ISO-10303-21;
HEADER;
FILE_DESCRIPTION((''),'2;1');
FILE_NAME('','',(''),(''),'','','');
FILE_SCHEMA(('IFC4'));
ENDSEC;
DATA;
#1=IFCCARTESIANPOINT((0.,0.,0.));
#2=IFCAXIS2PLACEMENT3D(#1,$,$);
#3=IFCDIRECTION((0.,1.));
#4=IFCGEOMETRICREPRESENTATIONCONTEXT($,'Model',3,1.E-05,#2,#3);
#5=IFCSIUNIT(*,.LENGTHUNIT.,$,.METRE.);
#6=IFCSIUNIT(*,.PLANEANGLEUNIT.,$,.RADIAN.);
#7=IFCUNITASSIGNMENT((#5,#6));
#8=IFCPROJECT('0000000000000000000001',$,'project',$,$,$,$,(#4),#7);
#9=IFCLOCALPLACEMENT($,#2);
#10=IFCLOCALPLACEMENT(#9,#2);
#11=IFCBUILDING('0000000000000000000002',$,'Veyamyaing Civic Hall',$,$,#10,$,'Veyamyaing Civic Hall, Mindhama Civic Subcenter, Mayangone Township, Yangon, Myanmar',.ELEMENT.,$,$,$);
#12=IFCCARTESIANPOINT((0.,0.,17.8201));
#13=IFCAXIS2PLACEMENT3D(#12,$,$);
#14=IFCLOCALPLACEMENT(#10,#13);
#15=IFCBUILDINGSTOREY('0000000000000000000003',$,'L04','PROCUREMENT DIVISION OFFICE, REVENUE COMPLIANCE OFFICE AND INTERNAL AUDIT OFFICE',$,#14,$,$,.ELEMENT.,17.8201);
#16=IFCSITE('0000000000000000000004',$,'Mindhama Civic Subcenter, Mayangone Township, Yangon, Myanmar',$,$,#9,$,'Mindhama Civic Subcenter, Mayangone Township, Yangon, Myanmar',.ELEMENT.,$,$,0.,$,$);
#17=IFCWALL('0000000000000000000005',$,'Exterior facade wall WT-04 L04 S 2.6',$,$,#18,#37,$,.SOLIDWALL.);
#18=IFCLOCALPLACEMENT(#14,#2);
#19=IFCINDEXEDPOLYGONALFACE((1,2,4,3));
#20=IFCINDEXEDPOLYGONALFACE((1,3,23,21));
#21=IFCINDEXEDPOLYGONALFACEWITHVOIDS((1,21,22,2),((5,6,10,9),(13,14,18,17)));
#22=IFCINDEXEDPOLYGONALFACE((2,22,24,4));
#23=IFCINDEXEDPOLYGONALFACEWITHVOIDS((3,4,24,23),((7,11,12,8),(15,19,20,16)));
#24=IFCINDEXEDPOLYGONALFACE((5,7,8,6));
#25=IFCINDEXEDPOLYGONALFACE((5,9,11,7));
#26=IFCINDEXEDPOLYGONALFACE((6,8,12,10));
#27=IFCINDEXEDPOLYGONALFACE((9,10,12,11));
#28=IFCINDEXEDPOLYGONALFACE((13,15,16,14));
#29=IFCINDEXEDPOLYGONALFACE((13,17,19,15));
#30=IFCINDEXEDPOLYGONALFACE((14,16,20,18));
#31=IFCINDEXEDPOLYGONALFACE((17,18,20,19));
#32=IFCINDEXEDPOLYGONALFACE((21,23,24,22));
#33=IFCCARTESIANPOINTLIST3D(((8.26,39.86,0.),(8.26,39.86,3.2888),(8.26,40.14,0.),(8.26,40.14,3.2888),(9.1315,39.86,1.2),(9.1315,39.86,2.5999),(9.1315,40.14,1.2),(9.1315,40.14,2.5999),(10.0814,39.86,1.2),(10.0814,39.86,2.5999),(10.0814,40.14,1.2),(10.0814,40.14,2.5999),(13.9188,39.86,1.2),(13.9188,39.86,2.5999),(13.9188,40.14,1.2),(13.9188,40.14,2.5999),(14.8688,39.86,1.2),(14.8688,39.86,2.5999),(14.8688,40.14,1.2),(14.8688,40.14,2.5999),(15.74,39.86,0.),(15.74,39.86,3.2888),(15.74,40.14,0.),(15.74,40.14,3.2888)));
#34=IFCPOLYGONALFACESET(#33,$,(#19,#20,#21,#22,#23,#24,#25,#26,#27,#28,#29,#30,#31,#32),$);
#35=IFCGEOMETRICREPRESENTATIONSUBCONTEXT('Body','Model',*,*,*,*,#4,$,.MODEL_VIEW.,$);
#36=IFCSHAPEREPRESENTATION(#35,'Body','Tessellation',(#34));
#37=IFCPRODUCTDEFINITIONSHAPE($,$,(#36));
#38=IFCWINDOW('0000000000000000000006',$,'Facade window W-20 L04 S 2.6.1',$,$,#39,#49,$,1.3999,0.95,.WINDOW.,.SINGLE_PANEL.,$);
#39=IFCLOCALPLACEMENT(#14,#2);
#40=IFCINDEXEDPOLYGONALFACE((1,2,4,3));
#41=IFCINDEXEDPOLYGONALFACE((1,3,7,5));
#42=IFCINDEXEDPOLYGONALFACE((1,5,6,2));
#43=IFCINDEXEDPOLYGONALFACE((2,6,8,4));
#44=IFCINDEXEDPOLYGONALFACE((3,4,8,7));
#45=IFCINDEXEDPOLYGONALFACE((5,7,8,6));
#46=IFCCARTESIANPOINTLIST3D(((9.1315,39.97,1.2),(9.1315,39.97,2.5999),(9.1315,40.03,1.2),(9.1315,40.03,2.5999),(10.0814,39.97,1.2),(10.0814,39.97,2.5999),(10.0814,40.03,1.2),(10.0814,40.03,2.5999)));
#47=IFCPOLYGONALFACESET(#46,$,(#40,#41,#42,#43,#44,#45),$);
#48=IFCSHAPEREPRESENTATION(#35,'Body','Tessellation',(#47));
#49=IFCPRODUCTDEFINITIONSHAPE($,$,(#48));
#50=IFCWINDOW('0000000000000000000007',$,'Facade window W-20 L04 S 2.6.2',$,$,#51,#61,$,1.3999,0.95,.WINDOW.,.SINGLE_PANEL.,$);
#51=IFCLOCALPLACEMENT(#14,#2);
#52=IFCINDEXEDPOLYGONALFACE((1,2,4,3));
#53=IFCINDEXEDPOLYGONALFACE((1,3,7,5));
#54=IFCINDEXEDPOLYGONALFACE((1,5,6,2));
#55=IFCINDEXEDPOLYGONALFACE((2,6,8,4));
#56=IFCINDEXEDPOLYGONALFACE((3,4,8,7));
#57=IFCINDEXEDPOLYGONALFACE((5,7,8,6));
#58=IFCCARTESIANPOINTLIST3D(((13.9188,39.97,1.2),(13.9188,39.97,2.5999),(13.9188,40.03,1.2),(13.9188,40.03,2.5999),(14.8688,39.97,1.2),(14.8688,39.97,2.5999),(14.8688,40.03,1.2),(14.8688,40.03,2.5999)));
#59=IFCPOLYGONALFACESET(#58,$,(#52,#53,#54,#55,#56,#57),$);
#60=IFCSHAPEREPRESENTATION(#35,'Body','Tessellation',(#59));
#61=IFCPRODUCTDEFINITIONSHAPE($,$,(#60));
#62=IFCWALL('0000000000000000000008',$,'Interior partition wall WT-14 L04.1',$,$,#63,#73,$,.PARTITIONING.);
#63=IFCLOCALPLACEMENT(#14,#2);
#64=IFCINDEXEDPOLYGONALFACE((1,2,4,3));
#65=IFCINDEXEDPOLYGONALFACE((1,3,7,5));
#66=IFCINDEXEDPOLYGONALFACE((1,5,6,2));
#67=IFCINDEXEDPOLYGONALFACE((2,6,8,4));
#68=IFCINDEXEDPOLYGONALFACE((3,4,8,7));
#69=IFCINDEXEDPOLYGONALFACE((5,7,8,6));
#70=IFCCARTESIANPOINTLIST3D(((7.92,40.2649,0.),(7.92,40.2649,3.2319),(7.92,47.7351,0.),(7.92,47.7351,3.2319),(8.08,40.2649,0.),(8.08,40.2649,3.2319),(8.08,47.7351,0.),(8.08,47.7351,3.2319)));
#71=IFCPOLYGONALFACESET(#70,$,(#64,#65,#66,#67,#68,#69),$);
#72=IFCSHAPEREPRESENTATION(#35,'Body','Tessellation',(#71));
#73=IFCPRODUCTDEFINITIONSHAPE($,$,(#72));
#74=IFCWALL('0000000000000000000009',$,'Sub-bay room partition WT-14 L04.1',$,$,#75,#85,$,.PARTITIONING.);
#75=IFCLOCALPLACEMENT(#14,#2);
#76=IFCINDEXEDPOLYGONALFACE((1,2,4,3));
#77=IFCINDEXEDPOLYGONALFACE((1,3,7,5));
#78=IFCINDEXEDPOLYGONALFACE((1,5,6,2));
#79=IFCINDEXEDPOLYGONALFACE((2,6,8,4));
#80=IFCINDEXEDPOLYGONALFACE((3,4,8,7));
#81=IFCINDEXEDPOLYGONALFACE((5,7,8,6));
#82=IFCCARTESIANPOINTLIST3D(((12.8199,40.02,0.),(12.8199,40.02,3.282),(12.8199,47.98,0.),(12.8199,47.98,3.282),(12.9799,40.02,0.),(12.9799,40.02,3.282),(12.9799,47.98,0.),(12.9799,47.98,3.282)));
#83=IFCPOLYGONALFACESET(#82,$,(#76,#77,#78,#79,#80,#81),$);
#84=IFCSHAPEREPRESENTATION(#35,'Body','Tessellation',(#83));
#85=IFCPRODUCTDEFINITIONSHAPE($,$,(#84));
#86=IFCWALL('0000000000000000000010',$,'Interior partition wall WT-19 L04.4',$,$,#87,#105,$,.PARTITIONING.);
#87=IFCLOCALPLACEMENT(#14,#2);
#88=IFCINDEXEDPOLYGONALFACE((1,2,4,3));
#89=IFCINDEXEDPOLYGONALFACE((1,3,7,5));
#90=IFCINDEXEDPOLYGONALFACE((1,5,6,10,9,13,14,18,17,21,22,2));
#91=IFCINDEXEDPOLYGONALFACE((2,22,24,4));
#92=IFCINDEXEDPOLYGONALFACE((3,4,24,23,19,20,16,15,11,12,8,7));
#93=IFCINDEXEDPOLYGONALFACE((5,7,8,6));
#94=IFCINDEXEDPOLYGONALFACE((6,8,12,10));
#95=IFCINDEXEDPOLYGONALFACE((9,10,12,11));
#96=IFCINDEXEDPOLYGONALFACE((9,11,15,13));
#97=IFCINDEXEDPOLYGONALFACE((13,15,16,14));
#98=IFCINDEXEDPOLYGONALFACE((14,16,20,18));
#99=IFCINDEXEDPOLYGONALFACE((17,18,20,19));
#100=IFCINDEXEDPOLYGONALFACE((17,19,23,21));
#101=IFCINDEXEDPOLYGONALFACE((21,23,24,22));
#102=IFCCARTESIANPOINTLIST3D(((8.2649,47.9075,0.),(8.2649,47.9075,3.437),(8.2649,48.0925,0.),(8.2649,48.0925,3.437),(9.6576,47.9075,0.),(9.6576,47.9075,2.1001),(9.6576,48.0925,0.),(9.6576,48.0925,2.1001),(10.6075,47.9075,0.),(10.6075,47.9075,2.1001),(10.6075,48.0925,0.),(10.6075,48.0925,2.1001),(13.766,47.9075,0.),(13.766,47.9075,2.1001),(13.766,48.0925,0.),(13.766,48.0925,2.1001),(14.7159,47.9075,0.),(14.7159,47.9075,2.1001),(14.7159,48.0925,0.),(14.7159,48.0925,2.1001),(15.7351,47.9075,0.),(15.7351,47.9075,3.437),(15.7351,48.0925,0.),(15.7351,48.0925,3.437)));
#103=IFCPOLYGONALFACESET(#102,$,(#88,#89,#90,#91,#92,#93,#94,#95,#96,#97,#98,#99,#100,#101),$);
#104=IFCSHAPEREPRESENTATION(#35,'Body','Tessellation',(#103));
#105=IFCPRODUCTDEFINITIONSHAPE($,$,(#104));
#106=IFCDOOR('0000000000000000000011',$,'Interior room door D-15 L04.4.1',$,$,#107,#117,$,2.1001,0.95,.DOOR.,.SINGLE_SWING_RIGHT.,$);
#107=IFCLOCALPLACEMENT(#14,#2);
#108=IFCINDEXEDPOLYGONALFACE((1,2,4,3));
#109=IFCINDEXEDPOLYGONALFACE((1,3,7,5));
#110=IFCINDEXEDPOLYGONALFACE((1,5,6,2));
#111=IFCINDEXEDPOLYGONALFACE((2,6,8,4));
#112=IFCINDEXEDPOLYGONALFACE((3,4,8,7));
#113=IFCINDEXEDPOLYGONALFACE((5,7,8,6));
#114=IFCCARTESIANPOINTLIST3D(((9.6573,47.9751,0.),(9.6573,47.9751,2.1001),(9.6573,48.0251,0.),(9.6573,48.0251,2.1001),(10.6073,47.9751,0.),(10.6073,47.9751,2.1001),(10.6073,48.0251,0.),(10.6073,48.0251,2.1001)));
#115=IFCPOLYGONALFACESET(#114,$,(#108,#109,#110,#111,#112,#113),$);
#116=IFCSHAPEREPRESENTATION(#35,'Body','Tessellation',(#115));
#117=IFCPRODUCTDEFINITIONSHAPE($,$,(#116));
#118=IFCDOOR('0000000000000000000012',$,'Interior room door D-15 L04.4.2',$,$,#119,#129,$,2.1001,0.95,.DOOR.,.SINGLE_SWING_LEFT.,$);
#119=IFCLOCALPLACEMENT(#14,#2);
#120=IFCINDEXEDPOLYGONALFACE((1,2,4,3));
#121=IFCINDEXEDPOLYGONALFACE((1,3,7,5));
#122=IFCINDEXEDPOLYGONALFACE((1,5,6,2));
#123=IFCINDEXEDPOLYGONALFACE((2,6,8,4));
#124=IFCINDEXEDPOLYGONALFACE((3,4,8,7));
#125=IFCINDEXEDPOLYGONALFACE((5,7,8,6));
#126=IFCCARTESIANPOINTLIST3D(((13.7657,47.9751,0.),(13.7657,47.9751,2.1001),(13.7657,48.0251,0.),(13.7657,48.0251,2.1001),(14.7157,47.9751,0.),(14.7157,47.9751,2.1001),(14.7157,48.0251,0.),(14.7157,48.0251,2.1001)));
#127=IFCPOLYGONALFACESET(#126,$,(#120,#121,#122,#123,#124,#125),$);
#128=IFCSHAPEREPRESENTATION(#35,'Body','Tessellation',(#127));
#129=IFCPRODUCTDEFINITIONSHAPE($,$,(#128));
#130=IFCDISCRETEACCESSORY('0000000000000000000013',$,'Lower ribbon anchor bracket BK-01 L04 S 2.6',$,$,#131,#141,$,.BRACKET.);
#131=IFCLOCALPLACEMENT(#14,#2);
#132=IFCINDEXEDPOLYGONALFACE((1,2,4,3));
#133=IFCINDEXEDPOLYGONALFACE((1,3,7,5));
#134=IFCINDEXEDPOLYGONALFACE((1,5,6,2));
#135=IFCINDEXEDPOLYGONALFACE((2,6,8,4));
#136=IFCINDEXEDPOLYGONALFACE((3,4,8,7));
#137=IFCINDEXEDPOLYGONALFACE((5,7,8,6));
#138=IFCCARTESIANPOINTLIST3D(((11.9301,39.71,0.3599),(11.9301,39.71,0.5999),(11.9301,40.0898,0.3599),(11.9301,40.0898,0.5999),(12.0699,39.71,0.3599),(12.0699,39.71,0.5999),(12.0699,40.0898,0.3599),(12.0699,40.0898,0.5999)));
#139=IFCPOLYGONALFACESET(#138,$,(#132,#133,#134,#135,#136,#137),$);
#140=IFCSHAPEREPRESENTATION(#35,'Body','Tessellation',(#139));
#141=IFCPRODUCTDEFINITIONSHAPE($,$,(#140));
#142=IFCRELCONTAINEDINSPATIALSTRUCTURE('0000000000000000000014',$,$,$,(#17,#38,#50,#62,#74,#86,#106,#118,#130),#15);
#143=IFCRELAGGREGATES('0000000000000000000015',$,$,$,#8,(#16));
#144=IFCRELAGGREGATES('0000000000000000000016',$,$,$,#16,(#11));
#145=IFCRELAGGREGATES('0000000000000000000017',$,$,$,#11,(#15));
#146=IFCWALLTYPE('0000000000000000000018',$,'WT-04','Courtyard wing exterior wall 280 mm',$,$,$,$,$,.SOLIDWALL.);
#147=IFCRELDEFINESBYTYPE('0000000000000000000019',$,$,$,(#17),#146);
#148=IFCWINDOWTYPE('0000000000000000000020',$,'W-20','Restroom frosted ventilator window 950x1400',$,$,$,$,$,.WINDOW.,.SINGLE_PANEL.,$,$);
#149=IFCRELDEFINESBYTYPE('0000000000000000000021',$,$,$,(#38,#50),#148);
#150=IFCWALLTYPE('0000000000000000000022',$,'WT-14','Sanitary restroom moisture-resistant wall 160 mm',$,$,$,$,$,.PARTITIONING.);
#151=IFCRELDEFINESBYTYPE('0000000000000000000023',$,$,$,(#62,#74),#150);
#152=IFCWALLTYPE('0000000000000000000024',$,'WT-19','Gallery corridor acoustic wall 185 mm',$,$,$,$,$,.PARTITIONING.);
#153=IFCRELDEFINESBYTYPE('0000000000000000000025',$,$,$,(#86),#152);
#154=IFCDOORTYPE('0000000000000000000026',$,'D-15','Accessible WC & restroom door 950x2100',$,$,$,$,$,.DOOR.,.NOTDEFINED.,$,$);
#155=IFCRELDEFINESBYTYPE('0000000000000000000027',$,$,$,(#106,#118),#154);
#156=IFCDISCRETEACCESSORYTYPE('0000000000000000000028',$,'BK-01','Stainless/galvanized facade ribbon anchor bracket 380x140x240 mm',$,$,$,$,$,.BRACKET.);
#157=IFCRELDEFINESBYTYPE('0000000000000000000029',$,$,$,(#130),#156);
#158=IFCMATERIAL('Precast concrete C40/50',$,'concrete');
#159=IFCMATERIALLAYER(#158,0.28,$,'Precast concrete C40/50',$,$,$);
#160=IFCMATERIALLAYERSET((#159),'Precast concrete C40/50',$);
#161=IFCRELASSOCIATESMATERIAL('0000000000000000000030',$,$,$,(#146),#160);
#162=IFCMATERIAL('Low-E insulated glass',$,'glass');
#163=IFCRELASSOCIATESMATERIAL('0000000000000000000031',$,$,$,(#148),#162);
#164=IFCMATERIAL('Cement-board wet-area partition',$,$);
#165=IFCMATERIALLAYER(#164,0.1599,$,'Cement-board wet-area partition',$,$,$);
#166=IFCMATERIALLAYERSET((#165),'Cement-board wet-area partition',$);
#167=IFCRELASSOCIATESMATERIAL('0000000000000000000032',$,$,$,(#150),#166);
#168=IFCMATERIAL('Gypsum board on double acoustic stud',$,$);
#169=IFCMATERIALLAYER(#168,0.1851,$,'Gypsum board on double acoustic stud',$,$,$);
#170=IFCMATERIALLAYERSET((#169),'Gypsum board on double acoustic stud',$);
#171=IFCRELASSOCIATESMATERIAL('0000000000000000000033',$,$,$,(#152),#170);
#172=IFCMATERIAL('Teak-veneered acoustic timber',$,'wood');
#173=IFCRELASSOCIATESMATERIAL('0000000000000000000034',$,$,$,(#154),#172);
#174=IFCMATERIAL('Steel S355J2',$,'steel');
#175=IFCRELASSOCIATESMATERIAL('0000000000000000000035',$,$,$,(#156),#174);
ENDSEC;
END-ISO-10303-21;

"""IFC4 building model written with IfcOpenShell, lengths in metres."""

from ifc_helpers import new_model, si_unit, direction, frame, frame_2d, origin, origin_2d, place, context, subcontext, project, spatial, rectangle, extrude, material, layer, layer_set, type_object, element, fill, save


model = new_model("IFC4")

# Units and contexts
model_context = context("Model", 3, precision=1e-05, world=origin(), true_north=direction((0.0, 1.0)))
body_context = subcontext(model_context, "Body", "Model", "MODEL_VIEW")
ifc_project = project(units=[si_unit("LENGTHUNIT", "METRE"), si_unit("PLANEANGLEUNIT", "RADIAN")], contexts=[model_context])

# Site, building, storey
site_placement = place(None, origin())
site = spatial("IfcSite", under=ifc_project, at=site_placement, Name="Mindhama Civic Subcenter, Mayangone Township, Yangon, Myanmar", LongName="Mindhama Civic Subcenter, Mayangone Township, Yangon, Myanmar", CompositionType="ELEMENT", RefElevation=0.0)
building_placement = place(site_placement, origin())
building = spatial("IfcBuilding", under=site, at=building_placement, Name="Veyamyaing Civic Hall", LongName="Veyamyaing Civic Hall, Mindhama Civic Subcenter, Mayangone Township, Yangon, Myanmar", CompositionType="ELEMENT")
storey_placement = place(building_placement, frame((0.0, 0.0, 17.8201)))
storey = spatial("IfcBuildingStorey", under=building, at=storey_placement, Name="L04", Description="PROCUREMENT DIVISION OFFICE, REVENUE COMPLIANCE OFFICE AND INTERNAL AUDIT OFFICE", CompositionType="ELEMENT", Elevation=17.8201)

# Wall, openings, windows
ifc_material_1 = material(Name="Precast concrete C40/50", Category="concrete")
ifc_layer_1 = layer(ifc_material_1, 0.28, Name="Precast concrete C40/50")
ifc_layer_set_1 = layer_set([ifc_layer_1], Name="Precast concrete C40/50")
wall_type_1 = type_object("IfcWallType", Name="WT-04", Description="Courtyard wing exterior wall 280 mm", PredefinedType="SOLIDWALL", material=ifc_layer_set_1)
wall_1_placement = place(storey_placement, frame((8.26, 40.0, 0.0), z_axis=(0.0, 0.0, 1.0), x_axis=(1.0, 0.0, 0.0)))
wall_1 = element("IfcWall", 1, at=wall_1_placement, inside=storey, type_object=wall_type_1, Name="Exterior facade wall WT-04 L04 S 2.6", PredefinedType="SOLIDWALL", context=body_context, shape_type="SweptSolid", body=[
    extrude(rectangle(XDim=7.48, YDim=0.28, at=frame_2d((3.74, 0.0))), origin(), (0.0, 0.0, 1.0), 3.2888),
])
opening_1_placement = place(wall_1_placement, frame((0.8713, 0.0, 1.2)))
opening_1 = element("IfcOpeningElement", 2, at=opening_1_placement, cuts=wall_1, PredefinedType="OPENING", context=body_context, shape_type="SweptSolid", body=[
    extrude(rectangle(XDim=0.95, YDim=1.3999, at=frame_2d((0.4751, 0.7))), frame((0.0, 0.1499, 0.0), z_axis=(0.0, -1.0, 0.0), x_axis=(1.0, 0.0, 0.0)), (0.0, 0.0, 1.0), 0.3),
])
opening_2_placement = place(wall_1_placement, frame((5.6587, 0.0, 1.2)))
opening_2 = element("IfcOpeningElement", 3, at=opening_2_placement, cuts=wall_1, PredefinedType="OPENING", context=body_context, shape_type="SweptSolid", body=[
    extrude(rectangle(XDim=0.95, YDim=1.3999, at=frame_2d((0.4751, 0.7))), frame((0.0, 0.1499, 0.0), z_axis=(0.0, -1.0, 0.0), x_axis=(1.0, 0.0, 0.0)), (0.0, 0.0, 1.0), 0.3),
])
ifc_material_2 = material(Name="Low-E insulated glass", Category="glass")
window_type = type_object("IfcWindowType", Name="W-20", Description="Restroom frosted ventilator window 950x1400", PartitioningType="SINGLE_PANEL", PredefinedType="WINDOW", material=ifc_material_2)
window_1_placement = place(opening_1_placement, origin())
window_1 = element("IfcWindow", 4, at=window_1_placement, inside=storey, type_object=window_type, Name="Facade window W-20 L04 S 2.6.1", OverallHeight=1.3999, OverallWidth=0.95, PartitioningType="SINGLE_PANEL", PredefinedType="WINDOW", context=body_context, shape_type="SweptSolid", body=[
    extrude(rectangle(XDim=0.95, YDim=1.3999, at=frame_2d((0.4751, 0.7))), frame((0.0, 0.03, 0.0), z_axis=(0.0, -1.0, 0.0), x_axis=(1.0, 0.0, 0.0)), (0.0, 0.0, 1.0), 0.0601),
])
fill(opening_1, window_1)
window_2_placement = place(opening_2_placement, origin())
window_2 = element("IfcWindow", 5, at=window_2_placement, inside=storey, type_object=window_type, Name="Facade window W-20 L04 S 2.6.2", OverallHeight=1.3999, OverallWidth=0.95, PartitioningType="SINGLE_PANEL", PredefinedType="WINDOW", context=body_context, shape_type="SweptSolid", body=[
    extrude(rectangle(XDim=0.95, YDim=1.3999, at=frame_2d((0.4751, 0.7))), frame((0.0, 0.03, 0.0), z_axis=(0.0, -1.0, 0.0), x_axis=(1.0, 0.0, 0.0)), (0.0, 0.0, 1.0), 0.0601),
])
fill(opening_2, window_2)

# Walls
ifc_material_3 = material(Name="Cement-board wet-area partition")
ifc_layer_2 = layer(ifc_material_3, 0.1599, Name="Cement-board wet-area partition")
ifc_layer_set_2 = layer_set([ifc_layer_2], Name="Cement-board wet-area partition")
wall_type_2 = type_object("IfcWallType", Name="WT-14", Description="Sanitary restroom moisture-resistant wall 160 mm", PredefinedType="PARTITIONING", material=ifc_layer_set_2)
wall_2_placement = place(storey_placement, frame((8.0, 40.2649, 0.0), z_axis=(0.0, 0.0, 1.0), x_axis=(0.0, 1.0, 0.0)))
element("IfcWall", 6, at=wall_2_placement, inside=storey, type_object=wall_type_2, Name="Interior partition wall WT-14 L04.1", PredefinedType="PARTITIONING", context=body_context, shape_type="SweptSolid", body=[
    extrude(rectangle(XDim=7.4702, YDim=0.1599, at=frame_2d((3.7351, 0.0))), origin(), (0.0, 0.0, 1.0), 3.2319),
])
wall_3_placement = place(storey_placement, frame((12.8999, 40.02, 0.0), z_axis=(0.0, 0.0, 1.0), x_axis=(0.0, 1.0, 0.0)))
element("IfcWall", 7, at=wall_3_placement, inside=storey, type_object=wall_type_2, Name="Sub-bay room partition WT-14 L04.1", PredefinedType="PARTITIONING", context=body_context, shape_type="SweptSolid", body=[
    extrude(rectangle(XDim=7.96, YDim=0.1599, at=frame_2d((3.98, 0.0))), origin(), (0.0, 0.0, 1.0), 3.282),
])

# Wall, openings, doors
ifc_material_4 = material(Name="Gypsum board on double acoustic stud")
ifc_layer_3 = layer(ifc_material_4, 0.1851, Name="Gypsum board on double acoustic stud")
ifc_layer_set_3 = layer_set([ifc_layer_3], Name="Gypsum board on double acoustic stud")
wall_type_3 = type_object("IfcWallType", Name="WT-19", Description="Gallery corridor acoustic wall 185 mm", PredefinedType="PARTITIONING", material=ifc_layer_set_3)
wall_4_placement = place(storey_placement, frame((8.2649, 48.0, 0.0), z_axis=(0.0, 0.0, 1.0), x_axis=(1.0, 0.0, 0.0)))
wall_4 = element("IfcWall", 8, at=wall_4_placement, inside=storey, type_object=wall_type_3, Name="Interior partition wall WT-19 L04.4", PredefinedType="PARTITIONING", context=body_context, shape_type="SweptSolid", body=[
    extrude(rectangle(XDim=7.4702, YDim=0.1851, at=frame_2d((3.7351, 0.0))), origin(), (0.0, 0.0, 1.0), 3.437),
])
opening_3_placement = place(wall_4_placement, frame((1.3926, 0.0, 0.0)))
opening_3 = element("IfcOpeningElement", 9, at=opening_3_placement, cuts=wall_4, PredefinedType="OPENING", context=body_context, shape_type="SweptSolid", body=[
    extrude(rectangle(XDim=0.95, YDim=2.1001, at=frame_2d((0.4751, 1.05))), frame((0.0, 0.1025, 0.0), z_axis=(0.0, -1.0, 0.0), x_axis=(1.0, 0.0, 0.0)), (0.0, 0.0, 1.0), 0.2051),
])
opening_4_placement = place(wall_4_placement, frame((5.501, 0.0, 0.0)))
opening_4 = element("IfcOpeningElement", 10, at=opening_4_placement, cuts=wall_4, PredefinedType="OPENING", context=body_context, shape_type="SweptSolid", body=[
    extrude(rectangle(XDim=0.95, YDim=2.1001, at=frame_2d((0.4751, 1.05))), frame((0.0, 0.1025, 0.0), z_axis=(0.0, -1.0, 0.0), x_axis=(1.0, 0.0, 0.0)), (0.0, 0.0, 1.0), 0.2051),
])
ifc_material_5 = material(Name="Teak-veneered acoustic timber", Category="wood")
door_type = type_object("IfcDoorType", Name="D-15", Description="Accessible WC & restroom door 950x2100", OperationType="NOTDEFINED", PredefinedType="DOOR", material=ifc_material_5)
door_1_placement = place(opening_3_placement, frame((0.95, 0.0, 0.0), z_axis=(0.0, 0.0, 1.0), x_axis=(-1.0, 0.0, 0.0)))
door_1 = element("IfcDoor", 11, at=door_1_placement, inside=storey, type_object=door_type, Name="Interior room door D-15 L04.4.1", OperationType="SINGLE_SWING_RIGHT", OverallHeight=2.1001, OverallWidth=0.95, PredefinedType="DOOR", context=body_context, shape_type="SweptSolid", body=[
    extrude(rectangle(XDim=0.95, YDim=2.1001, at=frame_2d((0.4751, 1.05))), frame((0.0, 0.0249, 0.0), z_axis=(0.0, -1.0, 0.0), x_axis=(1.0, 0.0, 0.0)), (0.0, 0.0, 1.0), 0.05),
])
fill(opening_3, door_1)
door_2_placement = place(opening_4_placement, frame((0.95, 0.0, 0.0), z_axis=(0.0, 0.0, 1.0), x_axis=(-1.0, 0.0, 0.0)))
door_2 = element("IfcDoor", 12, at=door_2_placement, inside=storey, type_object=door_type, Name="Interior room door D-15 L04.4.2", OperationType="SINGLE_SWING_LEFT", OverallHeight=2.1001, OverallWidth=0.95, PredefinedType="DOOR", context=body_context, shape_type="SweptSolid", body=[
    extrude(rectangle(XDim=0.95, YDim=2.1001, at=frame_2d((0.4751, 1.05))), frame((0.0, 0.0249, 0.0), z_axis=(0.0, -1.0, 0.0), x_axis=(1.0, 0.0, 0.0)), (0.0, 0.0, 1.0), 0.05),
])
fill(opening_4, door_2)

# Discrete accessory
ifc_material_6 = material(Name="Steel S355J2", Category="steel")
discrete_accessory_type = type_object("IfcDiscreteAccessoryType", Name="BK-01", Description="Stainless/galvanized facade ribbon anchor bracket 380x140x240 mm", PredefinedType="BRACKET", material=ifc_material_6)
discrete_accessory_placement = place(storey_placement, frame((12.0, 39.8999, 0.3599), z_axis=(0.0, 0.0, 1.0), x_axis=(0.0, -1.0, 0.0)))
element("IfcDiscreteAccessory", 13, at=discrete_accessory_placement, inside=storey, type_object=discrete_accessory_type, Name="Lower ribbon anchor bracket BK-01 L04 S 2.6", PredefinedType="BRACKET", context=body_context, shape_type="SweptSolid", body=[
    extrude(rectangle(XDim=0.3799, YDim=0.1399, at=origin_2d()), origin(), (0.0, 0.0, 1.0), 0.24),
])

save(model, "model.ifc")
